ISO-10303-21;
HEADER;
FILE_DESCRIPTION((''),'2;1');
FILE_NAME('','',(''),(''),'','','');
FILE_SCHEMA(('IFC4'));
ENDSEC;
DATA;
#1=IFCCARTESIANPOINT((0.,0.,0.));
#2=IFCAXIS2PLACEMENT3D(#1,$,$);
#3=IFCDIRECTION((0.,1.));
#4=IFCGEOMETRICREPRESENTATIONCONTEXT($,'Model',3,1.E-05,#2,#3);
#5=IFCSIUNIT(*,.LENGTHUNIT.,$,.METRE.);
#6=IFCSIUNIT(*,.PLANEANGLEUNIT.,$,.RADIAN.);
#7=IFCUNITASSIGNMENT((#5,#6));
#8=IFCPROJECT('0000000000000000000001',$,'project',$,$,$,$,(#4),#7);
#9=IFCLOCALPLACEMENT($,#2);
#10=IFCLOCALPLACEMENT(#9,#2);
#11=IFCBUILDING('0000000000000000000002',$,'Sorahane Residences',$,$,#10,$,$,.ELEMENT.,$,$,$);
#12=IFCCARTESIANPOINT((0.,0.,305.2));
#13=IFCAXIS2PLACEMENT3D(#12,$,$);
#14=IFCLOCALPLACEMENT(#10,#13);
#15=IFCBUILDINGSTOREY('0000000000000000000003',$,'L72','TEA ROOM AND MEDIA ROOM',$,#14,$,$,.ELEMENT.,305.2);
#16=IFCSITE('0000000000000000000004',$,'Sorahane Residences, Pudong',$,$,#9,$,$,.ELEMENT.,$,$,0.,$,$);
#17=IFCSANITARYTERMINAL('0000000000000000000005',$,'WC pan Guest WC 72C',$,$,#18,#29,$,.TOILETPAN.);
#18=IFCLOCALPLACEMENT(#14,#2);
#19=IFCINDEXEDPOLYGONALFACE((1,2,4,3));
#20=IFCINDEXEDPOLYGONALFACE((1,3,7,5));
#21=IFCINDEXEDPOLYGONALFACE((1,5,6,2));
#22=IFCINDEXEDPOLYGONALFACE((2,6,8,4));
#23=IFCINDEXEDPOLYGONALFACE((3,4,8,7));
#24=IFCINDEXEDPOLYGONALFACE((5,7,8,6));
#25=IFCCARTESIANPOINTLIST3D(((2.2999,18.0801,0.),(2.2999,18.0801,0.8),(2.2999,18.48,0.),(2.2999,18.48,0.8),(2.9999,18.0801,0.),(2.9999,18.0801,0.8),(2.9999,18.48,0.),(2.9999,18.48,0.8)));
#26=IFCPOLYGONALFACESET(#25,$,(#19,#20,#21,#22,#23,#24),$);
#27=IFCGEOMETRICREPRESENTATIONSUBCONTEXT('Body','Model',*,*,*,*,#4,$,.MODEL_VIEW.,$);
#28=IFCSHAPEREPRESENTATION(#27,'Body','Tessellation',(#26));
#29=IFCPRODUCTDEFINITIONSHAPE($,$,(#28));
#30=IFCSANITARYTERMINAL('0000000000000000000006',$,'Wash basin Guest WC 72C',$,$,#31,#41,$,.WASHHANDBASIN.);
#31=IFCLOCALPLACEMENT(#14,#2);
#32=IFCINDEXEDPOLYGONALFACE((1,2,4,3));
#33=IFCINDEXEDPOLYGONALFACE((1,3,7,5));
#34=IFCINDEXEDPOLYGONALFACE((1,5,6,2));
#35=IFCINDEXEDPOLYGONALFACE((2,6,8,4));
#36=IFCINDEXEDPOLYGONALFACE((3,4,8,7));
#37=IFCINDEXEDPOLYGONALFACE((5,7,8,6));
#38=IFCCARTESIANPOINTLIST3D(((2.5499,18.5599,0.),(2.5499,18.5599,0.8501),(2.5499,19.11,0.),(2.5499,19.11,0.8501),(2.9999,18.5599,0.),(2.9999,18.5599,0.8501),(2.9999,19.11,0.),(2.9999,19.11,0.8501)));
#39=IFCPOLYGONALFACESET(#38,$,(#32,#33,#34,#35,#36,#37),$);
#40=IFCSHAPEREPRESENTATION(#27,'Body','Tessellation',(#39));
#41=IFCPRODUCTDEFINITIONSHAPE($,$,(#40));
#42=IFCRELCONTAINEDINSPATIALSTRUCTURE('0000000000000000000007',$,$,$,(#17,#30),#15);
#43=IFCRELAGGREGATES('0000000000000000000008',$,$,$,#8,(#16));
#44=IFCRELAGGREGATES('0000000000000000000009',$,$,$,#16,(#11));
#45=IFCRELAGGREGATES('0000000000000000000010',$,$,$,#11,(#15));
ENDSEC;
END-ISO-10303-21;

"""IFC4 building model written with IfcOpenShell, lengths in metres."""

from ifc_helpers import new_model, si_unit, direction, frame, origin, origin_2d, place, context, subcontext, project, spatial, rectangle, extrude, element, save


model = new_model("IFC4")

# Units and contexts
model_context = context("Model", 3, precision=1e-05, world=origin(), true_north=direction((0.0, 1.0)))
body_context = subcontext(model_context, "Body", "Model", "MODEL_VIEW")
ifc_project = project(units=[si_unit("LENGTHUNIT", "METRE"), si_unit("PLANEANGLEUNIT", "RADIAN")], contexts=[model_context])

# Site, building, storey
site_placement = place(None, origin())
site = spatial("IfcSite", under=ifc_project, at=site_placement, Name="Sorahane Residences, Pudong", CompositionType="ELEMENT", RefElevation=0.0)
building_placement = place(site_placement, origin())
building = spatial("IfcBuilding", under=site, at=building_placement, Name="Sorahane Residences", CompositionType="ELEMENT")
storey_placement = place(building_placement, frame((0.0, 0.0, 305.2)))
storey = spatial("IfcBuildingStorey", under=building, at=storey_placement, Name="L72", Description="TEA ROOM AND MEDIA ROOM", CompositionType="ELEMENT", Elevation=305.2)

# Sanitary terminals
sanitary_terminal_1_placement = place(storey_placement, frame((2.6499, 18.28, 0.0), z_axis=(0.0, 0.0, 1.0), x_axis=(0.0, -1.0, 0.0)))
element("IfcSanitaryTerminal", 1, at=sanitary_terminal_1_placement, inside=storey, Name="WC pan Guest WC 72C", PredefinedType="TOILETPAN", context=body_context, shape_type="SweptSolid", body=[
    extrude(rectangle(XDim=0.3999, YDim=0.7, at=origin_2d()), origin(), (0.0, 0.0, 1.0), 0.8),
])
sanitary_terminal_2_placement = place(storey_placement, frame((2.7749, 18.835, 0.0), z_axis=(0.0, 0.0, 1.0), x_axis=(0.0, -1.0, 0.0)))
element("IfcSanitaryTerminal", 2, at=sanitary_terminal_2_placement, inside=storey, Name="Wash basin Guest WC 72C", PredefinedType="WASHHANDBASIN", context=body_context, shape_type="SweptSolid", body=[
    extrude(rectangle(XDim=0.55, YDim=0.45, at=origin_2d()), origin(), (0.0, 0.0, 1.0), 0.8501),
])

save(model, "model.ifc")
